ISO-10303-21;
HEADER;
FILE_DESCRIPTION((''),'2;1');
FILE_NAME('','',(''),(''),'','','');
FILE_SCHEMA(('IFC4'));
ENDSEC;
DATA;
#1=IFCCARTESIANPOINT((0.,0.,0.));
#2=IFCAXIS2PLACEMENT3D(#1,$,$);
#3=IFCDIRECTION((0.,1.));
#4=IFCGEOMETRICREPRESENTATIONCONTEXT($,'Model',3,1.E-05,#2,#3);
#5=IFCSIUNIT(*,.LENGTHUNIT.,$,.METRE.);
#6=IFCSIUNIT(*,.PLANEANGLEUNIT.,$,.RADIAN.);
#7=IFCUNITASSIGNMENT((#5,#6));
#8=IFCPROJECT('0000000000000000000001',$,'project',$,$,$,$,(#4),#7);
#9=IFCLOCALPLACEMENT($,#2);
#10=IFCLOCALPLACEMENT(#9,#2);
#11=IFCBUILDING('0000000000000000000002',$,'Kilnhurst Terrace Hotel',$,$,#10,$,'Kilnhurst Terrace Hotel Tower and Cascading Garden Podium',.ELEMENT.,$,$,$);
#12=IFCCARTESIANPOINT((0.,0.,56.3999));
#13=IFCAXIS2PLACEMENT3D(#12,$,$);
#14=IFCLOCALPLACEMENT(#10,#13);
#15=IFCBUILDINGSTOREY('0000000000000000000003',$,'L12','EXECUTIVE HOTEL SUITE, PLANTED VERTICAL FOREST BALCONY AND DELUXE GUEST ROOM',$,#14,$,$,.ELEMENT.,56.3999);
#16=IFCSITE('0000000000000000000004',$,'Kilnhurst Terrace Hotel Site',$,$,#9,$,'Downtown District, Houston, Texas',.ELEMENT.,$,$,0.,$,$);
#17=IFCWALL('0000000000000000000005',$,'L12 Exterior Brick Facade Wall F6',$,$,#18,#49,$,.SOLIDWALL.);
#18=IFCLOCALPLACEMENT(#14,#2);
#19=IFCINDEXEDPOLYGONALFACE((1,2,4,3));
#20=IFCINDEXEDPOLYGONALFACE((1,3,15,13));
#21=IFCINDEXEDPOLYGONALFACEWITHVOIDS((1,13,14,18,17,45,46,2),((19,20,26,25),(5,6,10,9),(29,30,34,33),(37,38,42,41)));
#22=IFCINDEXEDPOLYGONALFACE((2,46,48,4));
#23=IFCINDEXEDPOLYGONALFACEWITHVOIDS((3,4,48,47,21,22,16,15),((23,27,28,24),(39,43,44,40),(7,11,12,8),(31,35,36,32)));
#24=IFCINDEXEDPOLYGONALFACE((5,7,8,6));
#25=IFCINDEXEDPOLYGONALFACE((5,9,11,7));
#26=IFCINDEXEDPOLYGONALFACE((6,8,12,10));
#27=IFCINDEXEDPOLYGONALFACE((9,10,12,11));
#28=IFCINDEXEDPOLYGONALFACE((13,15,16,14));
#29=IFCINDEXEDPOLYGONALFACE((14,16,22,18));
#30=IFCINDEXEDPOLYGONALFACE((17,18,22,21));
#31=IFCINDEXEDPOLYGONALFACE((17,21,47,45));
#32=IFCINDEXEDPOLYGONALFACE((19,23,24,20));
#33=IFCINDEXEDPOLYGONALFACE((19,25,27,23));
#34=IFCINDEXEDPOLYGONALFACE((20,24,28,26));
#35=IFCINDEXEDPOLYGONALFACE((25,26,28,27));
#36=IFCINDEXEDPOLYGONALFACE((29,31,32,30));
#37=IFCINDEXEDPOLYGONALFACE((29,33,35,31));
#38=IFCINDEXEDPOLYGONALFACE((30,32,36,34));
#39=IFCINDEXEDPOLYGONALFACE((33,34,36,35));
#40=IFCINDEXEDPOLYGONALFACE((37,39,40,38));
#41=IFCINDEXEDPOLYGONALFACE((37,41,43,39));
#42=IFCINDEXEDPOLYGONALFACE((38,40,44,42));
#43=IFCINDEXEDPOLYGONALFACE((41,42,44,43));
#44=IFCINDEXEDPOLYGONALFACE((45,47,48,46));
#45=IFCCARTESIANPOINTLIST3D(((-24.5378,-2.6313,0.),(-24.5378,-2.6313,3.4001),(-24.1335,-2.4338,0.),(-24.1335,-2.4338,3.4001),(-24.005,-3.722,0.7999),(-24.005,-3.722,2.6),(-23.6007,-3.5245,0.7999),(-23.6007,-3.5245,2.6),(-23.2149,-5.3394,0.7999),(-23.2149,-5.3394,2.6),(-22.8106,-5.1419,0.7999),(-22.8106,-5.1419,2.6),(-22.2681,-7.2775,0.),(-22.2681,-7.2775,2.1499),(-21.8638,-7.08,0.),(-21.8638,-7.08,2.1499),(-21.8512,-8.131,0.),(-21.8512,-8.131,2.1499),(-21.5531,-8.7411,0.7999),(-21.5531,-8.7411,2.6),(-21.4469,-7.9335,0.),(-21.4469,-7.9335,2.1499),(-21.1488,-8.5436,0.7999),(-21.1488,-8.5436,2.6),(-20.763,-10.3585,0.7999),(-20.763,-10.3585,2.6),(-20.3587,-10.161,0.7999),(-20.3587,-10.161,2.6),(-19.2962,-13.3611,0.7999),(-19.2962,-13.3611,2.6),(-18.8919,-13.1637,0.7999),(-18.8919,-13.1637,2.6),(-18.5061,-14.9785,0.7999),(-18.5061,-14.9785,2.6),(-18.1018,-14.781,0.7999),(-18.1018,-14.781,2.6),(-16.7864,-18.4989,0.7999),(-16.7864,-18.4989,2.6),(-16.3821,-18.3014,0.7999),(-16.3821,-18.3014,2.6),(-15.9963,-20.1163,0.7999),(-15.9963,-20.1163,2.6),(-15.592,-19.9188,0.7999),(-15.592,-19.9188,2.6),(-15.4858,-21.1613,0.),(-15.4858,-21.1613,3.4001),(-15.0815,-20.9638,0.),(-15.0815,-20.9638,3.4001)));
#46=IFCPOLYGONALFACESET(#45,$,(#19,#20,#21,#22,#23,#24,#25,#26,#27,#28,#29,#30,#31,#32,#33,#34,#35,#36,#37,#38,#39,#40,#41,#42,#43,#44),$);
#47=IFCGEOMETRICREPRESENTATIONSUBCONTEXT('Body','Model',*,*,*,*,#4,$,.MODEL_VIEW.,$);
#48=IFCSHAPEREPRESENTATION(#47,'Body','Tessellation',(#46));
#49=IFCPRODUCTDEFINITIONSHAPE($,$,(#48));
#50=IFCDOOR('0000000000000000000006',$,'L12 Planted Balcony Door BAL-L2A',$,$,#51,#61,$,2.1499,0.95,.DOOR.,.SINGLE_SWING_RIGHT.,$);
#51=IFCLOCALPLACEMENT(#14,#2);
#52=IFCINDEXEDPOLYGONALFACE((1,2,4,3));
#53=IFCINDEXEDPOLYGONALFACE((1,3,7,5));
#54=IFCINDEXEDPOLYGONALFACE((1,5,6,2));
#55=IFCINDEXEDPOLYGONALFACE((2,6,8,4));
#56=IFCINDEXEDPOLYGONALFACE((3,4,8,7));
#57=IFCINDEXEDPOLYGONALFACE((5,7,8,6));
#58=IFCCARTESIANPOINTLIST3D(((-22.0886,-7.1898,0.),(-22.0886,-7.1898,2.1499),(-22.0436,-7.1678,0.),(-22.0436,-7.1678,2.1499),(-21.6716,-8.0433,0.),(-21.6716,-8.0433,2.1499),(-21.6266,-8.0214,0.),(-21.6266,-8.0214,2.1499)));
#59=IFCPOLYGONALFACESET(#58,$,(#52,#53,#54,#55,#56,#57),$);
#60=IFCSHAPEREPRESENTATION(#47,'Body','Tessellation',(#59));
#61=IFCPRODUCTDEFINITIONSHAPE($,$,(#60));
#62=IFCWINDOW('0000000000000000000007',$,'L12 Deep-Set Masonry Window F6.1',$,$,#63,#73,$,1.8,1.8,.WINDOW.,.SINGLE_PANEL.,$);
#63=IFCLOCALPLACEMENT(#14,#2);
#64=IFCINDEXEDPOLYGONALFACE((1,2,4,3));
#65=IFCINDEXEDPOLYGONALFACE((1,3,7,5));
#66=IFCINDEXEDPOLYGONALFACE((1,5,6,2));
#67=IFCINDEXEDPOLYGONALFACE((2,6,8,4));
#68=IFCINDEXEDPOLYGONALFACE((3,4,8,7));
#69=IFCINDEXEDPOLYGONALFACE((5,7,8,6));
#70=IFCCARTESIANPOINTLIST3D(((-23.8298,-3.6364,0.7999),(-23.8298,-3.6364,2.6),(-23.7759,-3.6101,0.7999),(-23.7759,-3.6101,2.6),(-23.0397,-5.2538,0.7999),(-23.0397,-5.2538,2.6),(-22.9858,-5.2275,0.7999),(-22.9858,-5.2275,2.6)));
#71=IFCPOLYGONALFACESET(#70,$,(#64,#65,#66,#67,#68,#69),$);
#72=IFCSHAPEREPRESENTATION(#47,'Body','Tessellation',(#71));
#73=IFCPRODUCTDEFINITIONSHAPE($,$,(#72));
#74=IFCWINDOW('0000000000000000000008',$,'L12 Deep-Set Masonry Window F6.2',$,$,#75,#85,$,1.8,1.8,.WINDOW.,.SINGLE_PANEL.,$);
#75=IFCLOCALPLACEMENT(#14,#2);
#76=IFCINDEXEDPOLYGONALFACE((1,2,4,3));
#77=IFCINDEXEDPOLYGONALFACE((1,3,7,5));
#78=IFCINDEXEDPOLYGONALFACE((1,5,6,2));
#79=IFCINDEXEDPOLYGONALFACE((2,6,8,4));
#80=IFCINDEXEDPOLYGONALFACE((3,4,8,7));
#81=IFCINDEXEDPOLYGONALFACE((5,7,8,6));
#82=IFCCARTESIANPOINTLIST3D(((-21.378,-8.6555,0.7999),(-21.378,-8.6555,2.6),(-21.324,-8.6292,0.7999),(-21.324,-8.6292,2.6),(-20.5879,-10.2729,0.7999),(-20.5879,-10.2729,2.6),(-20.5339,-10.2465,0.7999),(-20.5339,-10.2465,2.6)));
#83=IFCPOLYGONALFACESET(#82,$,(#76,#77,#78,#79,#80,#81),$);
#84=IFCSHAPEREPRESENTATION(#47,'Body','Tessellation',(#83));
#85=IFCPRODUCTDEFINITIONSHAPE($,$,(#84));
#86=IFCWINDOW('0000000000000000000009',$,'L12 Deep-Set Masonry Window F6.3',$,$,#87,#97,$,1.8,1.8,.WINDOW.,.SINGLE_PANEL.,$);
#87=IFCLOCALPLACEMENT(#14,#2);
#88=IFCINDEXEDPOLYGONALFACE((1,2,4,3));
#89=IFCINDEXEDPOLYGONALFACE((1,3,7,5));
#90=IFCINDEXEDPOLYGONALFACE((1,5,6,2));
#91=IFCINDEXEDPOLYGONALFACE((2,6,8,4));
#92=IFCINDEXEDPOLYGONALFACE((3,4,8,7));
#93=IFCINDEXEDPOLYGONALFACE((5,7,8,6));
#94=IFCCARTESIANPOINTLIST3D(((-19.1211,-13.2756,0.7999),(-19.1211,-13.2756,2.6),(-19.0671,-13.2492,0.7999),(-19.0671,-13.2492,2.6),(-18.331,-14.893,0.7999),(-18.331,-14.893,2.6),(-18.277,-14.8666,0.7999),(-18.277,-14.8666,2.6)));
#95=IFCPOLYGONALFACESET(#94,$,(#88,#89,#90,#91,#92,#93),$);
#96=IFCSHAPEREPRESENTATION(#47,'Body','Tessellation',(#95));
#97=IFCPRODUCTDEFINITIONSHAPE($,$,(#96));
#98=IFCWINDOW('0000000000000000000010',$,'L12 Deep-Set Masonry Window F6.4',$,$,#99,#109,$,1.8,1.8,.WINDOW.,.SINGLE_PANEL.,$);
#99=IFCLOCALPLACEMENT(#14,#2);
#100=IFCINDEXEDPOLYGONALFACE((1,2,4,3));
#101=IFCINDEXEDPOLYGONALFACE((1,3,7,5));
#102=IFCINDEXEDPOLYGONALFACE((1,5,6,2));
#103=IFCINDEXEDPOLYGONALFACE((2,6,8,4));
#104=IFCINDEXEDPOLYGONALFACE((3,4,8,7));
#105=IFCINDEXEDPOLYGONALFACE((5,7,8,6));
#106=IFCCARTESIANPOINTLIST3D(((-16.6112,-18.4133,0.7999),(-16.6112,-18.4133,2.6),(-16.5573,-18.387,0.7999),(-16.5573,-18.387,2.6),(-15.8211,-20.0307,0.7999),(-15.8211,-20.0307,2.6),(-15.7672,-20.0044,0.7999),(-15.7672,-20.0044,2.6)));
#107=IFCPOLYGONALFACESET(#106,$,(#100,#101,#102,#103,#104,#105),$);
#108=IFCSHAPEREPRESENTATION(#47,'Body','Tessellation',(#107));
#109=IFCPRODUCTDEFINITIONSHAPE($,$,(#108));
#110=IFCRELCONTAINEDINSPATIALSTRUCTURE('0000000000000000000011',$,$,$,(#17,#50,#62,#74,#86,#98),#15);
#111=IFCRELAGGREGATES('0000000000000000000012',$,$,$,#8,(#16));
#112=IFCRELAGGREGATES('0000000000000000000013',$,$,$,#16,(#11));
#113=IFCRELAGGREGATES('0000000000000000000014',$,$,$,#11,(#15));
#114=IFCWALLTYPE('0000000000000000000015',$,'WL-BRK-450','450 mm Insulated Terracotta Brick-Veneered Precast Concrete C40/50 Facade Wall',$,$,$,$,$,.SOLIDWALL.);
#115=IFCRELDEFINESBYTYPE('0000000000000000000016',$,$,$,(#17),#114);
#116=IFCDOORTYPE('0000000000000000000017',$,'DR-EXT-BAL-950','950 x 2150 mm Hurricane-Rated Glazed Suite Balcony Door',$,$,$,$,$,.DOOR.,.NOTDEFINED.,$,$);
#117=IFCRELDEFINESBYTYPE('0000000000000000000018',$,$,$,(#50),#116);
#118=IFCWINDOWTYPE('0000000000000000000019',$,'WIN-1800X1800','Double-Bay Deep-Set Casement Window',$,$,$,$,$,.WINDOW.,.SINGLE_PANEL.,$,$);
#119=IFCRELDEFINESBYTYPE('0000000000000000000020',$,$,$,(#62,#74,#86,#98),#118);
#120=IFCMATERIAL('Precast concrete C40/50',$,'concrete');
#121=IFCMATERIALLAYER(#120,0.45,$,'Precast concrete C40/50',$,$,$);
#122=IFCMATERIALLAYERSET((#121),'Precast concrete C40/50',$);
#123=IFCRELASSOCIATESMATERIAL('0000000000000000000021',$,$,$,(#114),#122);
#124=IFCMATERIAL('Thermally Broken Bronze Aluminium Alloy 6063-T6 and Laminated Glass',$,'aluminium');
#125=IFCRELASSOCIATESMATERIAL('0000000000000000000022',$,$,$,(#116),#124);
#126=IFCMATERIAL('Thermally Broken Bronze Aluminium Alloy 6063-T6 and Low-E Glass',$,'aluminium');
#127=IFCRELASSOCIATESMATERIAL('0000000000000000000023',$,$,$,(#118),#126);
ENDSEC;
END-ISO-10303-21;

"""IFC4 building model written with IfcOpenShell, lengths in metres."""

from ifc_helpers import new_model, si_unit, direction, frame, frame_2d, origin, place, context, subcontext, project, spatial, rectangle, extrude, material, layer, layer_set, type_object, element, fill, save


model = new_model("IFC4")

# Units and contexts
model_context = context("Model", 3, precision=1e-05, world=origin(), true_north=direction((0.0, 1.0)))
body_context = subcontext(model_context, "Body", "Model", "MODEL_VIEW")
ifc_project = project(units=[si_unit("LENGTHUNIT", "METRE"), si_unit("PLANEANGLEUNIT", "RADIAN")], contexts=[model_context])

# Site, building, storey
site_placement = place(None, origin())
site = spatial("IfcSite", under=ifc_project, at=site_placement, Name="Kilnhurst Terrace Hotel Site", LongName="Downtown District, Houston, Texas", CompositionType="ELEMENT", RefElevation=0.0)
building_placement = place(site_placement, origin())
building = spatial("IfcBuilding", under=site, at=building_placement, Name="Kilnhurst Terrace Hotel", LongName="Kilnhurst Terrace Hotel Tower and Cascading Garden Podium", CompositionType="ELEMENT")
storey_placement = place(building_placement, frame((0.0, 0.0, 56.3999)))
storey = spatial("IfcBuildingStorey", under=building, at=storey_placement, Name="L12", Description="EXECUTIVE HOTEL SUITE, PLANTED VERTICAL FOREST BALCONY AND DELUXE GUEST ROOM", CompositionType="ELEMENT", Elevation=56.3999)

# Wall, openings, door, windows
ifc_material_1 = material(Name="Precast concrete C40/50", Category="concrete")
ifc_layer_1 = layer(ifc_material_1, 0.45, Name="Precast concrete C40/50")
ifc_layer_set_1 = layer_set([ifc_layer_1], Name="Precast concrete C40/50")
wall_type_1 = type_object("IfcWallType", Name="WL-BRK-450", Description="450 mm Insulated Terracotta Brick-Veneered Precast Concrete C40/50 Facade Wall", PredefinedType="SOLIDWALL", material=ifc_layer_set_1)
wall_1_placement = place(storey_placement, frame((-24.3357, -2.5325, 0.0), z_axis=(0.0, 0.0, 1.0), x_axis=(0.438931, -0.898521, 0.0)))
wall_1 = element("IfcWall", 1, at=wall_1_placement, inside=storey, type_object=wall_type_1, Name="L12 Exterior Brick Facade Wall F6", PredefinedType="SOLIDWALL", context=body_context, shape_type="SweptSolid", body=[
    extrude(rectangle(XDim=20.6228, YDim=0.45, at=frame_2d((10.3115, 0.0))), origin(), (0.0, 0.0, 1.0), 3.4001),
])
opening_1_placement = place(wall_1_placement, frame((5.1709, 0.0, 0.0)))
opening_1 = element("IfcOpeningElement", 2, at=opening_1_placement, cuts=wall_1, PredefinedType="OPENING", context=body_context, shape_type="SweptSolid", body=[
    extrude(rectangle(XDim=0.95, YDim=2.1499, at=frame_2d((0.4751, 1.075))), frame((0.0, 0.2349, 0.0), z_axis=(0.0, -1.0, 0.0), x_axis=(1.0, 0.0, 0.0)), (0.0, 0.0, 1.0), 0.47),
])
opening_2_placement = place(wall_1_placement, frame((1.2141, 0.0, 0.8)))
opening_2 = element("IfcOpeningElement", 3, at=opening_2_placement, cuts=wall_1, PredefinedType="OPENING", context=body_context, shape_type="SweptSolid", body=[
    extrude(rectangle(XDim=1.8, YDim=1.8, at=frame_2d((0.8999, 0.8999))), frame((0.0, 0.2349, 0.0), z_axis=(0.0, -1.0, 0.0), x_axis=(1.0, 0.0, 0.0)), (0.0, 0.0, 1.0), 0.47),
])
opening_3_placement = place(wall_1_placement, frame((6.8, 0.0, 0.8)))
opening_3 = element("IfcOpeningElement", 4, at=opening_3_placement, cuts=wall_1, PredefinedType="OPENING", context=body_context, shape_type="SweptSolid", body=[
    extrude(rectangle(XDim=1.8, YDim=1.8, at=frame_2d((0.8999, 0.8999))), frame((0.0, 0.2349, 0.0), z_axis=(0.0, -1.0, 0.0), x_axis=(1.0, 0.0, 0.0)), (0.0, 0.0, 1.0), 0.47),
])
opening_4_placement = place(wall_1_placement, frame((11.9419, 0.0, 0.8)))
opening_4 = element("IfcOpeningElement", 5, at=opening_4_placement, cuts=wall_1, PredefinedType="OPENING", context=body_context, shape_type="SweptSolid", body=[
    extrude(rectangle(XDim=1.8, YDim=1.8, at=frame_2d((0.8999, 0.8999))), frame((0.0, 0.2349, 0.0), z_axis=(0.0, -1.0, 0.0), x_axis=(1.0, 0.0, 0.0)), (0.0, 0.0, 1.0), 0.47),
])
opening_5_placement = place(wall_1_placement, frame((17.6599, 0.0, 0.8)))
opening_5 = element("IfcOpeningElement", 6, at=opening_5_placement, cuts=wall_1, PredefinedType="OPENING", context=body_context, shape_type="SweptSolid", body=[
    extrude(rectangle(XDim=1.8, YDim=1.8, at=frame_2d((0.8999, 0.8999))), frame((0.0, 0.2349, 0.0), z_axis=(0.0, -1.0, 0.0), x_axis=(1.0, 0.0, 0.0)), (0.0, 0.0, 1.0), 0.47),
])
ifc_material_2 = material(Name="Thermally Broken Bronze Aluminium Alloy 6063-T6 and Laminated Glass", Category="aluminium")
door_type_1 = type_object("IfcDoorType", Name="DR-EXT-BAL-950", Description="950 x 2150 mm Hurricane-Rated Glazed Suite Balcony Door", OperationType="NOTDEFINED", PredefinedType="DOOR", material=ifc_material_2)
door_1_placement = place(opening_1_placement, origin())
door_1 = element("IfcDoor", 7, at=door_1_placement, inside=storey, type_object=door_type_1, Name="L12 Planted Balcony Door BAL-L2A", OperationType="SINGLE_SWING_RIGHT", OverallHeight=2.1499, OverallWidth=0.95, PredefinedType="DOOR", context=body_context, shape_type="SweptSolid", body=[
    extrude(rectangle(XDim=0.95, YDim=2.1499, at=frame_2d((0.4751, 1.075))), frame((0.0, 0.0249, 0.0), z_axis=(0.0, -1.0, 0.0), x_axis=(1.0, 0.0, 0.0)), (0.0, 0.0, 1.0), 0.05),
])
fill(opening_1, door_1)
ifc_material_3 = material(Name="Thermally Broken Bronze Aluminium Alloy 6063-T6 and Low-E Glass", Category="aluminium")
window_type = type_object("IfcWindowType", Name="WIN-1800X1800", Description="Double-Bay Deep-Set Casement Window", PartitioningType="SINGLE_PANEL", PredefinedType="WINDOW", material=ifc_material_3)
window_1_placement = place(opening_2_placement, origin())
window_1 = element("IfcWindow", 8, at=window_1_placement, inside=storey, type_object=window_type, Name="L12 Deep-Set Masonry Window F6.1", OverallHeight=1.8, OverallWidth=1.8, PartitioningType="SINGLE_PANEL", PredefinedType="WINDOW", context=body_context, shape_type="SweptSolid", body=[
    extrude(rectangle(XDim=1.8, YDim=1.8, at=frame_2d((0.8999, 0.8999))), frame((0.0, 0.03, 0.0), z_axis=(0.0, -1.0, 0.0), x_axis=(1.0, 0.0, 0.0)), (0.0, 0.0, 1.0), 0.0601),
])
fill(opening_2, window_1)
window_2_placement = place(opening_3_placement, origin())
window_2 = element("IfcWindow", 9, at=window_2_placement, inside=storey, type_object=window_type, Name="L12 Deep-Set Masonry Window F6.2", OverallHeight=1.8, OverallWidth=1.8, PartitioningType="SINGLE_PANEL", PredefinedType="WINDOW", context=body_context, shape_type="SweptSolid", body=[
    extrude(rectangle(XDim=1.8, YDim=1.8, at=frame_2d((0.8999, 0.8999))), frame((0.0, 0.03, 0.0), z_axis=(0.0, -1.0, 0.0), x_axis=(1.0, 0.0, 0.0)), (0.0, 0.0, 1.0), 0.0601),
])
fill(opening_3, window_2)
window_3_placement = place(opening_4_placement, origin())
window_3 = element("IfcWindow", 10, at=window_3_placement, inside=storey, type_object=window_type, Name="L12 Deep-Set Masonry Window F6.3", OverallHeight=1.8, OverallWidth=1.8, PartitioningType="SINGLE_PANEL", PredefinedType="WINDOW", context=body_context, shape_type="SweptSolid", body=[
    extrude(rectangle(XDim=1.8, YDim=1.8, at=frame_2d((0.8999, 0.8999))), frame((0.0, 0.03, 0.0), z_axis=(0.0, -1.0, 0.0), x_axis=(1.0, 0.0, 0.0)), (0.0, 0.0, 1.0), 0.0601),
])
fill(opening_4, window_3)
window_4_placement = place(opening_5_placement, origin())
window_4 = element("IfcWindow", 11, at=window_4_placement, inside=storey, type_object=window_type, Name="L12 Deep-Set Masonry Window F6.4", OverallHeight=1.8, OverallWidth=1.8, PartitioningType="SINGLE_PANEL", PredefinedType="WINDOW", context=body_context, shape_type="SweptSolid", body=[
    extrude(rectangle(XDim=1.8, YDim=1.8, at=frame_2d((0.8999, 0.8999))), frame((0.0, 0.03, 0.0), z_axis=(0.0, -1.0, 0.0), x_axis=(1.0, 0.0, 0.0)), (0.0, 0.0, 1.0), 0.0601),
])
fill(opening_5, window_4)

save(model, "model.ifc")
